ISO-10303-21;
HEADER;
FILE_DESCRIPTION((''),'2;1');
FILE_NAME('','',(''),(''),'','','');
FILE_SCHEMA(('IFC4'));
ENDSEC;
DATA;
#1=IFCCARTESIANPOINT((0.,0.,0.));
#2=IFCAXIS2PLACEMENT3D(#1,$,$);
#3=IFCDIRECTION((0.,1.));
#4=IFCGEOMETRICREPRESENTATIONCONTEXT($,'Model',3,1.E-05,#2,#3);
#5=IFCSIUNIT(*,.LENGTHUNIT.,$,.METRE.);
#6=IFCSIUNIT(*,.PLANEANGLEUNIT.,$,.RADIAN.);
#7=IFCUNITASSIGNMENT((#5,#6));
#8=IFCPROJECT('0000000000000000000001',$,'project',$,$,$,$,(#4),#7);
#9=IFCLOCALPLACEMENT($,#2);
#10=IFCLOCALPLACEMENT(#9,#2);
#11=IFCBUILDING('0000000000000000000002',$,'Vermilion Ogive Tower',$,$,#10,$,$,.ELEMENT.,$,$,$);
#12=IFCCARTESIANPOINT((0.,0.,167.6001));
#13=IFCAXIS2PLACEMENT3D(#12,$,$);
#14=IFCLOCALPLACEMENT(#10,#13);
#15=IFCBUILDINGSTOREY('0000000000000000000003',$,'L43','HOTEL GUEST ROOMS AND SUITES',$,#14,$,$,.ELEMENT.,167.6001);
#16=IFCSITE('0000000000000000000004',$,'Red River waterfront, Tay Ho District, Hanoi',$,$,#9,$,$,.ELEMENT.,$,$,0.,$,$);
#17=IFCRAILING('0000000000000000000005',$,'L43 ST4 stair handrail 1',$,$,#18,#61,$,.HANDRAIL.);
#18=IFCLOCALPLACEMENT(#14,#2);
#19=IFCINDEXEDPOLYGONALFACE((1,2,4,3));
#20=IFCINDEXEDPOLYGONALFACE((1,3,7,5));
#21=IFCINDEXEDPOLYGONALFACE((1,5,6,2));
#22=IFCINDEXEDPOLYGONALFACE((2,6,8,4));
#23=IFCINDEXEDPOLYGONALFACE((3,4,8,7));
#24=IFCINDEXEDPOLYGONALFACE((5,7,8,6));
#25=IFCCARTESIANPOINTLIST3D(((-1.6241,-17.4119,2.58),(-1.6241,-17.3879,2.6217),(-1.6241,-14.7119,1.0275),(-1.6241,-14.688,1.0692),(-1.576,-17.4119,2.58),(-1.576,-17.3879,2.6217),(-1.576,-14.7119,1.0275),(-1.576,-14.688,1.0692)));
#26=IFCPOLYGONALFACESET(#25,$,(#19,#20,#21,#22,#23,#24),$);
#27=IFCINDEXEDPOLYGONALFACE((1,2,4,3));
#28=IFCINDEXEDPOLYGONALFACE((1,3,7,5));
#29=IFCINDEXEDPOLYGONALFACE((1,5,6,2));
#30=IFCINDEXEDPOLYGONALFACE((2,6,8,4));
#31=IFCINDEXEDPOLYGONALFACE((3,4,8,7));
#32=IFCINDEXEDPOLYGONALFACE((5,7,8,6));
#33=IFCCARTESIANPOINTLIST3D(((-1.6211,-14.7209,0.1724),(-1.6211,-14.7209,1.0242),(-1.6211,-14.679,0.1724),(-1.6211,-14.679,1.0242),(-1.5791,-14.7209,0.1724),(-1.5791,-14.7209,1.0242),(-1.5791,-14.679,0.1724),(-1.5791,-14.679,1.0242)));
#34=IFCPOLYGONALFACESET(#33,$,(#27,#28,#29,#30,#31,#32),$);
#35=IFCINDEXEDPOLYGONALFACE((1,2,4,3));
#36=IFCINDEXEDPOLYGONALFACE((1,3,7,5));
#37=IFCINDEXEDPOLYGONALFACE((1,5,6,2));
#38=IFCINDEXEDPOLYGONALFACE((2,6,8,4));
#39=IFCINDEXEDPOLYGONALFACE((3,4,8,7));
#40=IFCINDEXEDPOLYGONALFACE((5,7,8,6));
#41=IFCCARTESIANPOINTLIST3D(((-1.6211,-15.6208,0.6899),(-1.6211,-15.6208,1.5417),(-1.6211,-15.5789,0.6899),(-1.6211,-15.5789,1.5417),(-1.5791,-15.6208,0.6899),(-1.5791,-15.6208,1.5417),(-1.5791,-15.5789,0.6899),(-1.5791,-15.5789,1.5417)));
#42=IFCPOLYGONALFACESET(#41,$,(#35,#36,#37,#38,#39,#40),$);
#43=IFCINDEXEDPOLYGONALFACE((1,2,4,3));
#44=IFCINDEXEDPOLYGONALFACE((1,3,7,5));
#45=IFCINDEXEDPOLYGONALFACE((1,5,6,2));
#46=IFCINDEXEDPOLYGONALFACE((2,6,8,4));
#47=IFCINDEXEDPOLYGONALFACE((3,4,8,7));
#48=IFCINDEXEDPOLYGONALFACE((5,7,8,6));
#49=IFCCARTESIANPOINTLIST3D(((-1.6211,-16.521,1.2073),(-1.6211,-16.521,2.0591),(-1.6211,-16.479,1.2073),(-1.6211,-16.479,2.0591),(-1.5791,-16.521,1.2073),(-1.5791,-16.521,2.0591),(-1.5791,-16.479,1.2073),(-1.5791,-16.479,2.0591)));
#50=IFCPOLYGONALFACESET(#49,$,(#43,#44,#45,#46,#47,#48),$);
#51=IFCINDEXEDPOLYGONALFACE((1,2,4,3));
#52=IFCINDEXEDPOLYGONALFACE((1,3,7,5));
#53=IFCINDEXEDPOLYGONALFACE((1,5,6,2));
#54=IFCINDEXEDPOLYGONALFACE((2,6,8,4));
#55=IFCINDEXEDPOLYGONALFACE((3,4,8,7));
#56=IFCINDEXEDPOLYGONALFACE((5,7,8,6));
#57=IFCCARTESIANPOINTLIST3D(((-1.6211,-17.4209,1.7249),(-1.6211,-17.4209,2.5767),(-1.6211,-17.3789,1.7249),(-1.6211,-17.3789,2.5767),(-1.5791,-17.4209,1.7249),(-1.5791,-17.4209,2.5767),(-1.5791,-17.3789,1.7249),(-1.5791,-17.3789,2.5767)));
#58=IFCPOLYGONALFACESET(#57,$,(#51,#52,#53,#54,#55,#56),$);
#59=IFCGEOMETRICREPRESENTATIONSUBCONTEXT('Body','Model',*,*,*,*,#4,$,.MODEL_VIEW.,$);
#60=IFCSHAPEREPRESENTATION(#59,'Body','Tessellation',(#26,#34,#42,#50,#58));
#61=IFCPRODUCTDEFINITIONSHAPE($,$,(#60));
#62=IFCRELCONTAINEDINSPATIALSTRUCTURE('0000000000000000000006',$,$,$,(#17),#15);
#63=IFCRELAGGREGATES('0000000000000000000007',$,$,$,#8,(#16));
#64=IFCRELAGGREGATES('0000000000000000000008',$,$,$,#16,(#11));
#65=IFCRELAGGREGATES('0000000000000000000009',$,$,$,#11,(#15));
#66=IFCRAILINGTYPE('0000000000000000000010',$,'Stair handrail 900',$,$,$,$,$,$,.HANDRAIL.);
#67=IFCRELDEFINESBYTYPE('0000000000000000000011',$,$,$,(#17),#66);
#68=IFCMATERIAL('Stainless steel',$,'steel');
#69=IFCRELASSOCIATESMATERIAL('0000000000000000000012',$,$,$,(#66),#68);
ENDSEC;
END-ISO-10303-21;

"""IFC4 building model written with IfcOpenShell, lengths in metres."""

from ifc_helpers import new_model, si_unit, direction, frame, origin, origin_2d, place, context, subcontext, project, spatial, rectangle, extrude, material, type_object, element, save


model = new_model("IFC4")

# Units and contexts
model_context = context("Model", 3, precision=1e-05, world=origin(), true_north=direction((0.0, 1.0)))
body_context = subcontext(model_context, "Body", "Model", "MODEL_VIEW")
ifc_project = project(units=[si_unit("LENGTHUNIT", "METRE"), si_unit("PLANEANGLEUNIT", "RADIAN")], contexts=[model_context])

# Site, building, storey
site_placement = place(None, origin())
site = spatial("IfcSite", under=ifc_project, at=site_placement, Name="Red River waterfront, Tay Ho District, Hanoi", CompositionType="ELEMENT", RefElevation=0.0)
building_placement = place(site_placement, origin())
building = spatial("IfcBuilding", under=site, at=building_placement, Name="Vermilion Ogive Tower", CompositionType="ELEMENT")
storey_placement = place(building_placement, frame((0.0, 0.0, 167.6001)))
storey = spatial("IfcBuildingStorey", under=building, at=storey_placement, Name="L43", Description="HOTEL GUEST ROOMS AND SUITES", CompositionType="ELEMENT", Elevation=167.6001)

# Railing
ifc_material_1 = material(Name="Stainless steel", Category="steel")
railing_type_1 = type_object("IfcRailingType", Name="Stair handrail 900", PredefinedType="HANDRAIL", material=ifc_material_1)
railing_1_placement = place(storey_placement, frame((-1.6001, -14.7, 0.1724)))
element("IfcRailing", 1, at=railing_1_placement, inside=storey, type_object=railing_type_1, Name="L43 ST4 stair handrail 1", PredefinedType="HANDRAIL", context=body_context, shape_type="SweptSolid", body=[
    extrude(rectangle(XDim=0.0481, YDim=0.0481, at=origin_2d()), frame((0.0, 0.0, 0.876), z_axis=(0.0, -0.866904, 0.498476), x_axis=(1.0, 0.0, 0.0)), (0.0, 0.0, 1.0), 3.1145),
    extrude(rectangle(XDim=0.042, YDim=0.042, at=origin_2d()), origin(), (0.0, 0.0, 1.0), 0.8518),
    extrude(rectangle(XDim=0.042, YDim=0.042, at=origin_2d()), frame((0.0, -0.8999, 0.5176)), (0.0, 0.0, 1.0), 0.8518),
    extrude(rectangle(XDim=0.042, YDim=0.042, at=origin_2d()), frame((0.0, -1.8, 1.0349)), (0.0, 0.0, 1.0), 0.8518),
    extrude(rectangle(XDim=0.042, YDim=0.042, at=origin_2d()), frame((0.0, -2.7, 1.5525)), (0.0, 0.0, 1.0), 0.8518),
])

save(model, "model.ifc")
